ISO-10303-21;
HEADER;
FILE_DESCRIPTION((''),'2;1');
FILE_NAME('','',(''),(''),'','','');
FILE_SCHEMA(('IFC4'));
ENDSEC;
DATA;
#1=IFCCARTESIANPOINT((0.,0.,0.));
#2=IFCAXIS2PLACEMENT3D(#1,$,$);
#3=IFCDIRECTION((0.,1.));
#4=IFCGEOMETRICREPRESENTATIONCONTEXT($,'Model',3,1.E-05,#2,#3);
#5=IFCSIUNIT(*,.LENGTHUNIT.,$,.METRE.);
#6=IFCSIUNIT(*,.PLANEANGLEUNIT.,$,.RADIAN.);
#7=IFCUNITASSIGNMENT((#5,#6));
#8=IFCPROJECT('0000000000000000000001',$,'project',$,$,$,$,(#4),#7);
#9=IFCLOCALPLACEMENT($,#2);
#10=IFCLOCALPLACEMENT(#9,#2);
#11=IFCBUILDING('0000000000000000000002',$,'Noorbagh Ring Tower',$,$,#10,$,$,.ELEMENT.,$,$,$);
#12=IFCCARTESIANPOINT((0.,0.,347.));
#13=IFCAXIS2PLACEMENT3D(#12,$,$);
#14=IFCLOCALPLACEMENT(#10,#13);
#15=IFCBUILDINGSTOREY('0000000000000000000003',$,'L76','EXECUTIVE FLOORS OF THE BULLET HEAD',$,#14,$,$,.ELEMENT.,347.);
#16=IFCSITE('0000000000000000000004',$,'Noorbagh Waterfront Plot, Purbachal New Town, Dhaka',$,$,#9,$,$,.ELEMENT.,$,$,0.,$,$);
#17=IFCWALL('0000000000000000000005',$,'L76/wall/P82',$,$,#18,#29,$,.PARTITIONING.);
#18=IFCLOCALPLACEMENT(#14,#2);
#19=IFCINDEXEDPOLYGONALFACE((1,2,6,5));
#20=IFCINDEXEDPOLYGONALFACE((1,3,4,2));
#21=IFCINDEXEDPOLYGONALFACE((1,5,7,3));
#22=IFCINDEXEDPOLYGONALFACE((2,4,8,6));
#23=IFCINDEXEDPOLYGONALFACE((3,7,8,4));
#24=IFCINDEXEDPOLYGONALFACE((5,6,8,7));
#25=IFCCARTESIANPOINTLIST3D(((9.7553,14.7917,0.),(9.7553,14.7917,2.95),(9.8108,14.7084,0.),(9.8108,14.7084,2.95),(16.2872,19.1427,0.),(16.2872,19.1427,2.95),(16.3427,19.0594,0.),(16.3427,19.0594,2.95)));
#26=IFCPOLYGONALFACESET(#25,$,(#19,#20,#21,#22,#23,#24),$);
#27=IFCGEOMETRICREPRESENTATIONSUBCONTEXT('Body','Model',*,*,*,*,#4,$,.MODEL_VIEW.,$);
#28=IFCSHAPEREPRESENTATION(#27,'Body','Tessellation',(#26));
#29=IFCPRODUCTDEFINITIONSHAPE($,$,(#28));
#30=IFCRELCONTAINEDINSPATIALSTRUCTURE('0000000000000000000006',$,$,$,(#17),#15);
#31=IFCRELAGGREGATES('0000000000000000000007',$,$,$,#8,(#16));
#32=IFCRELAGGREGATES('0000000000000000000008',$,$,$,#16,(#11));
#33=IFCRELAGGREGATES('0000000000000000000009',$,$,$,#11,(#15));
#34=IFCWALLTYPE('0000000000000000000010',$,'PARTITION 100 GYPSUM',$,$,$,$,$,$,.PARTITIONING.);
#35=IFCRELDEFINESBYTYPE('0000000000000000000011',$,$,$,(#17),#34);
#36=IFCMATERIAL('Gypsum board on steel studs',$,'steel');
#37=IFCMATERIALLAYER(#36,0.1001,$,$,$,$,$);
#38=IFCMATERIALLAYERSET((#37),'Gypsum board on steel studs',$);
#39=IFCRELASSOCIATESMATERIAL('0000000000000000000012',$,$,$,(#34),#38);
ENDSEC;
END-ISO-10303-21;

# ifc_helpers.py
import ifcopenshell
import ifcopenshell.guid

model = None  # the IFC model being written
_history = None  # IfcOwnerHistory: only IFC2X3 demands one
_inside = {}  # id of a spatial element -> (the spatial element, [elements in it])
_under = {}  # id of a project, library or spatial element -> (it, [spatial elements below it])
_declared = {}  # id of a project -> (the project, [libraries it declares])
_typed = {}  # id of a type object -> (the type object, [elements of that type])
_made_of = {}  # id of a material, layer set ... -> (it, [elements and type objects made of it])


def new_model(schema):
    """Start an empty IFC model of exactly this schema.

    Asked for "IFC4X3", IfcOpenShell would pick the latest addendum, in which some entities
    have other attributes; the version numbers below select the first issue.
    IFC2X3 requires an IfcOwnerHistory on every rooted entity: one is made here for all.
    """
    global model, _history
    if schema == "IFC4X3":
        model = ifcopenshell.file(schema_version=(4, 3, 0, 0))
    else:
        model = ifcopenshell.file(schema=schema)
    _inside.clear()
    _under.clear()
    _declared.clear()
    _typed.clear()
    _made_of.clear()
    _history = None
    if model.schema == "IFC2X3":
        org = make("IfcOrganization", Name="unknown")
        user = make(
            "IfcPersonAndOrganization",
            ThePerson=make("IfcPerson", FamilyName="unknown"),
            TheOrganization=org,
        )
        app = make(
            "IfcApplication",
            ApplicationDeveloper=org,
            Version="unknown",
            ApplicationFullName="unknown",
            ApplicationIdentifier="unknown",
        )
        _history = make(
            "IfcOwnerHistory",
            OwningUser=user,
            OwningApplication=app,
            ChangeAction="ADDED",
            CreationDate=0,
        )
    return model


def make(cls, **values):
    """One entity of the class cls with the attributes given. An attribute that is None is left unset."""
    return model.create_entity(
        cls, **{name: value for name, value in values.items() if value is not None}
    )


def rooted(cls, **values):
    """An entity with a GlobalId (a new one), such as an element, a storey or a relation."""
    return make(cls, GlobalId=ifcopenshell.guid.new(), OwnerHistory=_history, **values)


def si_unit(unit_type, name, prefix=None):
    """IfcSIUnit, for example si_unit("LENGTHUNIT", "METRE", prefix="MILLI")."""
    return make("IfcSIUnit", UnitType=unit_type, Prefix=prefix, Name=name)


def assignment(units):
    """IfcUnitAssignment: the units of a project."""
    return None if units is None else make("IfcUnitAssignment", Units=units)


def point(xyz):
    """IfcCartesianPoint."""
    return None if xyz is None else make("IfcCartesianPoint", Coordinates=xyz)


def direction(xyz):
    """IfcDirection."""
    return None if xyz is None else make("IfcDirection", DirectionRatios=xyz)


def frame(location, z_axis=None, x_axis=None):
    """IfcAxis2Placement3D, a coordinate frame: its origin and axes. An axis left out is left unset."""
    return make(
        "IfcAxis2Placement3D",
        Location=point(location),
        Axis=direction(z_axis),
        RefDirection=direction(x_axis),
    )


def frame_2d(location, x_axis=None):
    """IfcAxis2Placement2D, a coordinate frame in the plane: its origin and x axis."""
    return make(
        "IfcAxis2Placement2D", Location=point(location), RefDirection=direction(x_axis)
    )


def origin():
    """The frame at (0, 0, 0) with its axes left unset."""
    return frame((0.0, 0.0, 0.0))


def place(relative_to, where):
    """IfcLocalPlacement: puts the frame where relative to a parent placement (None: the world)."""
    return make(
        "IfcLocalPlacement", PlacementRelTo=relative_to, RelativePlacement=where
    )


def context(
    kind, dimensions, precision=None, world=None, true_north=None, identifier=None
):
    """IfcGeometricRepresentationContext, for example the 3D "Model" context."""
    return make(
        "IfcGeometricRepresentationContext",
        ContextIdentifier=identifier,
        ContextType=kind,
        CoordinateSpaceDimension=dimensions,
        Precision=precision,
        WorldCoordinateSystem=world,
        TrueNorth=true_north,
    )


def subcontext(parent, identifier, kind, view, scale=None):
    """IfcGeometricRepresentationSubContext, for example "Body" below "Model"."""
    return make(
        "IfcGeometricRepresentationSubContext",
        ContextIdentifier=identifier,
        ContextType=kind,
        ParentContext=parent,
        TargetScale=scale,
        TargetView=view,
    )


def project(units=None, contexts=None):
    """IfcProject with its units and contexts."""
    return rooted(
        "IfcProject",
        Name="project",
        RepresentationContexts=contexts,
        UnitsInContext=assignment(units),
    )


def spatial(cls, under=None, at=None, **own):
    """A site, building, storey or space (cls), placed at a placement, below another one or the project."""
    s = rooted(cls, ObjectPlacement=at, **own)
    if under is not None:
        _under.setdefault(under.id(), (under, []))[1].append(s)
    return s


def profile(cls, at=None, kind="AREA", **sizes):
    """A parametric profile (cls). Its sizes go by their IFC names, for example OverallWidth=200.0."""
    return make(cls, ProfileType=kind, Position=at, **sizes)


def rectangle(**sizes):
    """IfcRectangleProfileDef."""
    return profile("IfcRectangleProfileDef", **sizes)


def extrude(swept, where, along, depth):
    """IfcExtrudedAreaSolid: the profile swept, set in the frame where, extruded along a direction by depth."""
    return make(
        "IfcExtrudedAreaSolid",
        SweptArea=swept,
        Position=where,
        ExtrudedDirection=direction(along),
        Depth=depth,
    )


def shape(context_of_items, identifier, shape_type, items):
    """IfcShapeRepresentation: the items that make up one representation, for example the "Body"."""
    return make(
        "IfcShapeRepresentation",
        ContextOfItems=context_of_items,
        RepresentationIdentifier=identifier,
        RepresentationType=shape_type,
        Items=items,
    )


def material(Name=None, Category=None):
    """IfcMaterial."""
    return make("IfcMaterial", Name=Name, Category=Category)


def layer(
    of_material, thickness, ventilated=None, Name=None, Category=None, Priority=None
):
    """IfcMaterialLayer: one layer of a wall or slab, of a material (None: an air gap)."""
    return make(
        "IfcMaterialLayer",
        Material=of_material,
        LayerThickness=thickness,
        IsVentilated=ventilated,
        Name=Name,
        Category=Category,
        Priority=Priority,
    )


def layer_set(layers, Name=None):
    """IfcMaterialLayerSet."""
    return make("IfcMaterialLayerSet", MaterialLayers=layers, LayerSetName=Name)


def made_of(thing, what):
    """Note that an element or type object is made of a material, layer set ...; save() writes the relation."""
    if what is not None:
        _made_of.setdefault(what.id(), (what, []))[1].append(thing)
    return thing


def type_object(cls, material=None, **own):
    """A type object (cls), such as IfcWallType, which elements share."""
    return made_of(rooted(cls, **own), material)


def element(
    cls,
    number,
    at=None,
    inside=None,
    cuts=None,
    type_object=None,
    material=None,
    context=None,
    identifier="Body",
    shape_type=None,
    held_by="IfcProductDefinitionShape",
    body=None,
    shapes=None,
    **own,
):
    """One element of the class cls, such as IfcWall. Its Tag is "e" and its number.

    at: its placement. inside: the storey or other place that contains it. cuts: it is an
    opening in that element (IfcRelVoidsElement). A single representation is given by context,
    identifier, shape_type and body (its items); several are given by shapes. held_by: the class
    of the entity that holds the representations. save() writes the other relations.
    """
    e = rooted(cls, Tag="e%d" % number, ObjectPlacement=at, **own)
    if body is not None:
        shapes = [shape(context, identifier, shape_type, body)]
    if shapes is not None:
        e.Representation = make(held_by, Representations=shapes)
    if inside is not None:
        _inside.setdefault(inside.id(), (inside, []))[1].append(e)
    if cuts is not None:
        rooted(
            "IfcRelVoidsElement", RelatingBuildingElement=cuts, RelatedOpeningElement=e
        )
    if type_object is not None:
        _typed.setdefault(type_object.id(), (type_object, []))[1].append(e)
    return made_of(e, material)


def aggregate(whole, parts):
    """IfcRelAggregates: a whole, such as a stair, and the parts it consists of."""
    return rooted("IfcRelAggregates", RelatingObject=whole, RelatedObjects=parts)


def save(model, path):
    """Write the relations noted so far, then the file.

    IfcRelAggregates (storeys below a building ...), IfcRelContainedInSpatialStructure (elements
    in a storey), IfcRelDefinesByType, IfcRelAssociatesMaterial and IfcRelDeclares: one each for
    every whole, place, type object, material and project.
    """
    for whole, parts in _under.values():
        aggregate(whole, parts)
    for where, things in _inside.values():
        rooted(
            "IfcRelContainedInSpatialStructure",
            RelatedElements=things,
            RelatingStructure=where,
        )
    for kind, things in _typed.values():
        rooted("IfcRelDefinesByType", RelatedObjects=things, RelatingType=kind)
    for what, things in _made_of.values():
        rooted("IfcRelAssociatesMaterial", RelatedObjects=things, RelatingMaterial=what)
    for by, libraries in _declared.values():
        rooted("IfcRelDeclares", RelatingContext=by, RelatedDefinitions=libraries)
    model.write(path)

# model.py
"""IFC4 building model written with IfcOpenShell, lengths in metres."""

from ifc_helpers import new_model, si_unit, direction, frame, frame_2d, origin, place, context, subcontext, project, spatial, rectangle, extrude, material, layer, layer_set, type_object, element, save


model = new_model("IFC4")

# Units and contexts
model_context = context("Model", 3, precision=1e-05, world=origin(), true_north=direction((0.0, 1.0)))
body_context = subcontext(model_context, "Body", "Model", "MODEL_VIEW")
ifc_project = project(units=[si_unit("LENGTHUNIT", "METRE"), si_unit("PLANEANGLEUNIT", "RADIAN")], contexts=[model_context])

# Site, building, storey
site_placement = place(None, origin())
site = spatial("IfcSite", under=ifc_project, at=site_placement, Name="Noorbagh Waterfront Plot, Purbachal New Town, Dhaka", CompositionType="ELEMENT", RefElevation=0.0)
building_placement = place(site_placement, origin())
building = spatial("IfcBuilding", under=site, at=building_placement, Name="Noorbagh Ring Tower", CompositionType="ELEMENT")
storey_placement = place(building_placement, frame((0.0, 0.0, 347.0)))
storey = spatial("IfcBuildingStorey", under=building, at=storey_placement, Name="L76", Description="EXECUTIVE FLOORS OF THE BULLET HEAD", CompositionType="ELEMENT", Elevation=347.0)

# Wall
ifc_material_1 = material(Name="Gypsum board on steel studs", Category="steel")
ifc_layer_1 = layer(ifc_material_1, 0.1001)
ifc_layer_set_1 = layer_set([ifc_layer_1], Name="Gypsum board on steel studs")
wall_type_1 = type_object("IfcWallType", Name="PARTITION 100 GYPSUM", PredefinedType="PARTITIONING", material=ifc_layer_set_1)
wall_1_placement = place(storey_placement, frame((9.783, 14.75, 0.0), z_axis=(0.0, 0.0, 1.0), x_axis=(0.832261, 0.554384, 0.0)))
element("IfcWall", 1, at=wall_1_placement, inside=storey, type_object=wall_type_1, Name="L76/wall/P82", PredefinedType="PARTITIONING", context=body_context, shape_type="SweptSolid", body=[
    extrude(rectangle(XDim=7.8484, YDim=0.1001, at=frame_2d((3.9243, 0.0))), origin(), (0.0, 0.0, 1.0), 2.95),
])

save(model, "model.ifc")
